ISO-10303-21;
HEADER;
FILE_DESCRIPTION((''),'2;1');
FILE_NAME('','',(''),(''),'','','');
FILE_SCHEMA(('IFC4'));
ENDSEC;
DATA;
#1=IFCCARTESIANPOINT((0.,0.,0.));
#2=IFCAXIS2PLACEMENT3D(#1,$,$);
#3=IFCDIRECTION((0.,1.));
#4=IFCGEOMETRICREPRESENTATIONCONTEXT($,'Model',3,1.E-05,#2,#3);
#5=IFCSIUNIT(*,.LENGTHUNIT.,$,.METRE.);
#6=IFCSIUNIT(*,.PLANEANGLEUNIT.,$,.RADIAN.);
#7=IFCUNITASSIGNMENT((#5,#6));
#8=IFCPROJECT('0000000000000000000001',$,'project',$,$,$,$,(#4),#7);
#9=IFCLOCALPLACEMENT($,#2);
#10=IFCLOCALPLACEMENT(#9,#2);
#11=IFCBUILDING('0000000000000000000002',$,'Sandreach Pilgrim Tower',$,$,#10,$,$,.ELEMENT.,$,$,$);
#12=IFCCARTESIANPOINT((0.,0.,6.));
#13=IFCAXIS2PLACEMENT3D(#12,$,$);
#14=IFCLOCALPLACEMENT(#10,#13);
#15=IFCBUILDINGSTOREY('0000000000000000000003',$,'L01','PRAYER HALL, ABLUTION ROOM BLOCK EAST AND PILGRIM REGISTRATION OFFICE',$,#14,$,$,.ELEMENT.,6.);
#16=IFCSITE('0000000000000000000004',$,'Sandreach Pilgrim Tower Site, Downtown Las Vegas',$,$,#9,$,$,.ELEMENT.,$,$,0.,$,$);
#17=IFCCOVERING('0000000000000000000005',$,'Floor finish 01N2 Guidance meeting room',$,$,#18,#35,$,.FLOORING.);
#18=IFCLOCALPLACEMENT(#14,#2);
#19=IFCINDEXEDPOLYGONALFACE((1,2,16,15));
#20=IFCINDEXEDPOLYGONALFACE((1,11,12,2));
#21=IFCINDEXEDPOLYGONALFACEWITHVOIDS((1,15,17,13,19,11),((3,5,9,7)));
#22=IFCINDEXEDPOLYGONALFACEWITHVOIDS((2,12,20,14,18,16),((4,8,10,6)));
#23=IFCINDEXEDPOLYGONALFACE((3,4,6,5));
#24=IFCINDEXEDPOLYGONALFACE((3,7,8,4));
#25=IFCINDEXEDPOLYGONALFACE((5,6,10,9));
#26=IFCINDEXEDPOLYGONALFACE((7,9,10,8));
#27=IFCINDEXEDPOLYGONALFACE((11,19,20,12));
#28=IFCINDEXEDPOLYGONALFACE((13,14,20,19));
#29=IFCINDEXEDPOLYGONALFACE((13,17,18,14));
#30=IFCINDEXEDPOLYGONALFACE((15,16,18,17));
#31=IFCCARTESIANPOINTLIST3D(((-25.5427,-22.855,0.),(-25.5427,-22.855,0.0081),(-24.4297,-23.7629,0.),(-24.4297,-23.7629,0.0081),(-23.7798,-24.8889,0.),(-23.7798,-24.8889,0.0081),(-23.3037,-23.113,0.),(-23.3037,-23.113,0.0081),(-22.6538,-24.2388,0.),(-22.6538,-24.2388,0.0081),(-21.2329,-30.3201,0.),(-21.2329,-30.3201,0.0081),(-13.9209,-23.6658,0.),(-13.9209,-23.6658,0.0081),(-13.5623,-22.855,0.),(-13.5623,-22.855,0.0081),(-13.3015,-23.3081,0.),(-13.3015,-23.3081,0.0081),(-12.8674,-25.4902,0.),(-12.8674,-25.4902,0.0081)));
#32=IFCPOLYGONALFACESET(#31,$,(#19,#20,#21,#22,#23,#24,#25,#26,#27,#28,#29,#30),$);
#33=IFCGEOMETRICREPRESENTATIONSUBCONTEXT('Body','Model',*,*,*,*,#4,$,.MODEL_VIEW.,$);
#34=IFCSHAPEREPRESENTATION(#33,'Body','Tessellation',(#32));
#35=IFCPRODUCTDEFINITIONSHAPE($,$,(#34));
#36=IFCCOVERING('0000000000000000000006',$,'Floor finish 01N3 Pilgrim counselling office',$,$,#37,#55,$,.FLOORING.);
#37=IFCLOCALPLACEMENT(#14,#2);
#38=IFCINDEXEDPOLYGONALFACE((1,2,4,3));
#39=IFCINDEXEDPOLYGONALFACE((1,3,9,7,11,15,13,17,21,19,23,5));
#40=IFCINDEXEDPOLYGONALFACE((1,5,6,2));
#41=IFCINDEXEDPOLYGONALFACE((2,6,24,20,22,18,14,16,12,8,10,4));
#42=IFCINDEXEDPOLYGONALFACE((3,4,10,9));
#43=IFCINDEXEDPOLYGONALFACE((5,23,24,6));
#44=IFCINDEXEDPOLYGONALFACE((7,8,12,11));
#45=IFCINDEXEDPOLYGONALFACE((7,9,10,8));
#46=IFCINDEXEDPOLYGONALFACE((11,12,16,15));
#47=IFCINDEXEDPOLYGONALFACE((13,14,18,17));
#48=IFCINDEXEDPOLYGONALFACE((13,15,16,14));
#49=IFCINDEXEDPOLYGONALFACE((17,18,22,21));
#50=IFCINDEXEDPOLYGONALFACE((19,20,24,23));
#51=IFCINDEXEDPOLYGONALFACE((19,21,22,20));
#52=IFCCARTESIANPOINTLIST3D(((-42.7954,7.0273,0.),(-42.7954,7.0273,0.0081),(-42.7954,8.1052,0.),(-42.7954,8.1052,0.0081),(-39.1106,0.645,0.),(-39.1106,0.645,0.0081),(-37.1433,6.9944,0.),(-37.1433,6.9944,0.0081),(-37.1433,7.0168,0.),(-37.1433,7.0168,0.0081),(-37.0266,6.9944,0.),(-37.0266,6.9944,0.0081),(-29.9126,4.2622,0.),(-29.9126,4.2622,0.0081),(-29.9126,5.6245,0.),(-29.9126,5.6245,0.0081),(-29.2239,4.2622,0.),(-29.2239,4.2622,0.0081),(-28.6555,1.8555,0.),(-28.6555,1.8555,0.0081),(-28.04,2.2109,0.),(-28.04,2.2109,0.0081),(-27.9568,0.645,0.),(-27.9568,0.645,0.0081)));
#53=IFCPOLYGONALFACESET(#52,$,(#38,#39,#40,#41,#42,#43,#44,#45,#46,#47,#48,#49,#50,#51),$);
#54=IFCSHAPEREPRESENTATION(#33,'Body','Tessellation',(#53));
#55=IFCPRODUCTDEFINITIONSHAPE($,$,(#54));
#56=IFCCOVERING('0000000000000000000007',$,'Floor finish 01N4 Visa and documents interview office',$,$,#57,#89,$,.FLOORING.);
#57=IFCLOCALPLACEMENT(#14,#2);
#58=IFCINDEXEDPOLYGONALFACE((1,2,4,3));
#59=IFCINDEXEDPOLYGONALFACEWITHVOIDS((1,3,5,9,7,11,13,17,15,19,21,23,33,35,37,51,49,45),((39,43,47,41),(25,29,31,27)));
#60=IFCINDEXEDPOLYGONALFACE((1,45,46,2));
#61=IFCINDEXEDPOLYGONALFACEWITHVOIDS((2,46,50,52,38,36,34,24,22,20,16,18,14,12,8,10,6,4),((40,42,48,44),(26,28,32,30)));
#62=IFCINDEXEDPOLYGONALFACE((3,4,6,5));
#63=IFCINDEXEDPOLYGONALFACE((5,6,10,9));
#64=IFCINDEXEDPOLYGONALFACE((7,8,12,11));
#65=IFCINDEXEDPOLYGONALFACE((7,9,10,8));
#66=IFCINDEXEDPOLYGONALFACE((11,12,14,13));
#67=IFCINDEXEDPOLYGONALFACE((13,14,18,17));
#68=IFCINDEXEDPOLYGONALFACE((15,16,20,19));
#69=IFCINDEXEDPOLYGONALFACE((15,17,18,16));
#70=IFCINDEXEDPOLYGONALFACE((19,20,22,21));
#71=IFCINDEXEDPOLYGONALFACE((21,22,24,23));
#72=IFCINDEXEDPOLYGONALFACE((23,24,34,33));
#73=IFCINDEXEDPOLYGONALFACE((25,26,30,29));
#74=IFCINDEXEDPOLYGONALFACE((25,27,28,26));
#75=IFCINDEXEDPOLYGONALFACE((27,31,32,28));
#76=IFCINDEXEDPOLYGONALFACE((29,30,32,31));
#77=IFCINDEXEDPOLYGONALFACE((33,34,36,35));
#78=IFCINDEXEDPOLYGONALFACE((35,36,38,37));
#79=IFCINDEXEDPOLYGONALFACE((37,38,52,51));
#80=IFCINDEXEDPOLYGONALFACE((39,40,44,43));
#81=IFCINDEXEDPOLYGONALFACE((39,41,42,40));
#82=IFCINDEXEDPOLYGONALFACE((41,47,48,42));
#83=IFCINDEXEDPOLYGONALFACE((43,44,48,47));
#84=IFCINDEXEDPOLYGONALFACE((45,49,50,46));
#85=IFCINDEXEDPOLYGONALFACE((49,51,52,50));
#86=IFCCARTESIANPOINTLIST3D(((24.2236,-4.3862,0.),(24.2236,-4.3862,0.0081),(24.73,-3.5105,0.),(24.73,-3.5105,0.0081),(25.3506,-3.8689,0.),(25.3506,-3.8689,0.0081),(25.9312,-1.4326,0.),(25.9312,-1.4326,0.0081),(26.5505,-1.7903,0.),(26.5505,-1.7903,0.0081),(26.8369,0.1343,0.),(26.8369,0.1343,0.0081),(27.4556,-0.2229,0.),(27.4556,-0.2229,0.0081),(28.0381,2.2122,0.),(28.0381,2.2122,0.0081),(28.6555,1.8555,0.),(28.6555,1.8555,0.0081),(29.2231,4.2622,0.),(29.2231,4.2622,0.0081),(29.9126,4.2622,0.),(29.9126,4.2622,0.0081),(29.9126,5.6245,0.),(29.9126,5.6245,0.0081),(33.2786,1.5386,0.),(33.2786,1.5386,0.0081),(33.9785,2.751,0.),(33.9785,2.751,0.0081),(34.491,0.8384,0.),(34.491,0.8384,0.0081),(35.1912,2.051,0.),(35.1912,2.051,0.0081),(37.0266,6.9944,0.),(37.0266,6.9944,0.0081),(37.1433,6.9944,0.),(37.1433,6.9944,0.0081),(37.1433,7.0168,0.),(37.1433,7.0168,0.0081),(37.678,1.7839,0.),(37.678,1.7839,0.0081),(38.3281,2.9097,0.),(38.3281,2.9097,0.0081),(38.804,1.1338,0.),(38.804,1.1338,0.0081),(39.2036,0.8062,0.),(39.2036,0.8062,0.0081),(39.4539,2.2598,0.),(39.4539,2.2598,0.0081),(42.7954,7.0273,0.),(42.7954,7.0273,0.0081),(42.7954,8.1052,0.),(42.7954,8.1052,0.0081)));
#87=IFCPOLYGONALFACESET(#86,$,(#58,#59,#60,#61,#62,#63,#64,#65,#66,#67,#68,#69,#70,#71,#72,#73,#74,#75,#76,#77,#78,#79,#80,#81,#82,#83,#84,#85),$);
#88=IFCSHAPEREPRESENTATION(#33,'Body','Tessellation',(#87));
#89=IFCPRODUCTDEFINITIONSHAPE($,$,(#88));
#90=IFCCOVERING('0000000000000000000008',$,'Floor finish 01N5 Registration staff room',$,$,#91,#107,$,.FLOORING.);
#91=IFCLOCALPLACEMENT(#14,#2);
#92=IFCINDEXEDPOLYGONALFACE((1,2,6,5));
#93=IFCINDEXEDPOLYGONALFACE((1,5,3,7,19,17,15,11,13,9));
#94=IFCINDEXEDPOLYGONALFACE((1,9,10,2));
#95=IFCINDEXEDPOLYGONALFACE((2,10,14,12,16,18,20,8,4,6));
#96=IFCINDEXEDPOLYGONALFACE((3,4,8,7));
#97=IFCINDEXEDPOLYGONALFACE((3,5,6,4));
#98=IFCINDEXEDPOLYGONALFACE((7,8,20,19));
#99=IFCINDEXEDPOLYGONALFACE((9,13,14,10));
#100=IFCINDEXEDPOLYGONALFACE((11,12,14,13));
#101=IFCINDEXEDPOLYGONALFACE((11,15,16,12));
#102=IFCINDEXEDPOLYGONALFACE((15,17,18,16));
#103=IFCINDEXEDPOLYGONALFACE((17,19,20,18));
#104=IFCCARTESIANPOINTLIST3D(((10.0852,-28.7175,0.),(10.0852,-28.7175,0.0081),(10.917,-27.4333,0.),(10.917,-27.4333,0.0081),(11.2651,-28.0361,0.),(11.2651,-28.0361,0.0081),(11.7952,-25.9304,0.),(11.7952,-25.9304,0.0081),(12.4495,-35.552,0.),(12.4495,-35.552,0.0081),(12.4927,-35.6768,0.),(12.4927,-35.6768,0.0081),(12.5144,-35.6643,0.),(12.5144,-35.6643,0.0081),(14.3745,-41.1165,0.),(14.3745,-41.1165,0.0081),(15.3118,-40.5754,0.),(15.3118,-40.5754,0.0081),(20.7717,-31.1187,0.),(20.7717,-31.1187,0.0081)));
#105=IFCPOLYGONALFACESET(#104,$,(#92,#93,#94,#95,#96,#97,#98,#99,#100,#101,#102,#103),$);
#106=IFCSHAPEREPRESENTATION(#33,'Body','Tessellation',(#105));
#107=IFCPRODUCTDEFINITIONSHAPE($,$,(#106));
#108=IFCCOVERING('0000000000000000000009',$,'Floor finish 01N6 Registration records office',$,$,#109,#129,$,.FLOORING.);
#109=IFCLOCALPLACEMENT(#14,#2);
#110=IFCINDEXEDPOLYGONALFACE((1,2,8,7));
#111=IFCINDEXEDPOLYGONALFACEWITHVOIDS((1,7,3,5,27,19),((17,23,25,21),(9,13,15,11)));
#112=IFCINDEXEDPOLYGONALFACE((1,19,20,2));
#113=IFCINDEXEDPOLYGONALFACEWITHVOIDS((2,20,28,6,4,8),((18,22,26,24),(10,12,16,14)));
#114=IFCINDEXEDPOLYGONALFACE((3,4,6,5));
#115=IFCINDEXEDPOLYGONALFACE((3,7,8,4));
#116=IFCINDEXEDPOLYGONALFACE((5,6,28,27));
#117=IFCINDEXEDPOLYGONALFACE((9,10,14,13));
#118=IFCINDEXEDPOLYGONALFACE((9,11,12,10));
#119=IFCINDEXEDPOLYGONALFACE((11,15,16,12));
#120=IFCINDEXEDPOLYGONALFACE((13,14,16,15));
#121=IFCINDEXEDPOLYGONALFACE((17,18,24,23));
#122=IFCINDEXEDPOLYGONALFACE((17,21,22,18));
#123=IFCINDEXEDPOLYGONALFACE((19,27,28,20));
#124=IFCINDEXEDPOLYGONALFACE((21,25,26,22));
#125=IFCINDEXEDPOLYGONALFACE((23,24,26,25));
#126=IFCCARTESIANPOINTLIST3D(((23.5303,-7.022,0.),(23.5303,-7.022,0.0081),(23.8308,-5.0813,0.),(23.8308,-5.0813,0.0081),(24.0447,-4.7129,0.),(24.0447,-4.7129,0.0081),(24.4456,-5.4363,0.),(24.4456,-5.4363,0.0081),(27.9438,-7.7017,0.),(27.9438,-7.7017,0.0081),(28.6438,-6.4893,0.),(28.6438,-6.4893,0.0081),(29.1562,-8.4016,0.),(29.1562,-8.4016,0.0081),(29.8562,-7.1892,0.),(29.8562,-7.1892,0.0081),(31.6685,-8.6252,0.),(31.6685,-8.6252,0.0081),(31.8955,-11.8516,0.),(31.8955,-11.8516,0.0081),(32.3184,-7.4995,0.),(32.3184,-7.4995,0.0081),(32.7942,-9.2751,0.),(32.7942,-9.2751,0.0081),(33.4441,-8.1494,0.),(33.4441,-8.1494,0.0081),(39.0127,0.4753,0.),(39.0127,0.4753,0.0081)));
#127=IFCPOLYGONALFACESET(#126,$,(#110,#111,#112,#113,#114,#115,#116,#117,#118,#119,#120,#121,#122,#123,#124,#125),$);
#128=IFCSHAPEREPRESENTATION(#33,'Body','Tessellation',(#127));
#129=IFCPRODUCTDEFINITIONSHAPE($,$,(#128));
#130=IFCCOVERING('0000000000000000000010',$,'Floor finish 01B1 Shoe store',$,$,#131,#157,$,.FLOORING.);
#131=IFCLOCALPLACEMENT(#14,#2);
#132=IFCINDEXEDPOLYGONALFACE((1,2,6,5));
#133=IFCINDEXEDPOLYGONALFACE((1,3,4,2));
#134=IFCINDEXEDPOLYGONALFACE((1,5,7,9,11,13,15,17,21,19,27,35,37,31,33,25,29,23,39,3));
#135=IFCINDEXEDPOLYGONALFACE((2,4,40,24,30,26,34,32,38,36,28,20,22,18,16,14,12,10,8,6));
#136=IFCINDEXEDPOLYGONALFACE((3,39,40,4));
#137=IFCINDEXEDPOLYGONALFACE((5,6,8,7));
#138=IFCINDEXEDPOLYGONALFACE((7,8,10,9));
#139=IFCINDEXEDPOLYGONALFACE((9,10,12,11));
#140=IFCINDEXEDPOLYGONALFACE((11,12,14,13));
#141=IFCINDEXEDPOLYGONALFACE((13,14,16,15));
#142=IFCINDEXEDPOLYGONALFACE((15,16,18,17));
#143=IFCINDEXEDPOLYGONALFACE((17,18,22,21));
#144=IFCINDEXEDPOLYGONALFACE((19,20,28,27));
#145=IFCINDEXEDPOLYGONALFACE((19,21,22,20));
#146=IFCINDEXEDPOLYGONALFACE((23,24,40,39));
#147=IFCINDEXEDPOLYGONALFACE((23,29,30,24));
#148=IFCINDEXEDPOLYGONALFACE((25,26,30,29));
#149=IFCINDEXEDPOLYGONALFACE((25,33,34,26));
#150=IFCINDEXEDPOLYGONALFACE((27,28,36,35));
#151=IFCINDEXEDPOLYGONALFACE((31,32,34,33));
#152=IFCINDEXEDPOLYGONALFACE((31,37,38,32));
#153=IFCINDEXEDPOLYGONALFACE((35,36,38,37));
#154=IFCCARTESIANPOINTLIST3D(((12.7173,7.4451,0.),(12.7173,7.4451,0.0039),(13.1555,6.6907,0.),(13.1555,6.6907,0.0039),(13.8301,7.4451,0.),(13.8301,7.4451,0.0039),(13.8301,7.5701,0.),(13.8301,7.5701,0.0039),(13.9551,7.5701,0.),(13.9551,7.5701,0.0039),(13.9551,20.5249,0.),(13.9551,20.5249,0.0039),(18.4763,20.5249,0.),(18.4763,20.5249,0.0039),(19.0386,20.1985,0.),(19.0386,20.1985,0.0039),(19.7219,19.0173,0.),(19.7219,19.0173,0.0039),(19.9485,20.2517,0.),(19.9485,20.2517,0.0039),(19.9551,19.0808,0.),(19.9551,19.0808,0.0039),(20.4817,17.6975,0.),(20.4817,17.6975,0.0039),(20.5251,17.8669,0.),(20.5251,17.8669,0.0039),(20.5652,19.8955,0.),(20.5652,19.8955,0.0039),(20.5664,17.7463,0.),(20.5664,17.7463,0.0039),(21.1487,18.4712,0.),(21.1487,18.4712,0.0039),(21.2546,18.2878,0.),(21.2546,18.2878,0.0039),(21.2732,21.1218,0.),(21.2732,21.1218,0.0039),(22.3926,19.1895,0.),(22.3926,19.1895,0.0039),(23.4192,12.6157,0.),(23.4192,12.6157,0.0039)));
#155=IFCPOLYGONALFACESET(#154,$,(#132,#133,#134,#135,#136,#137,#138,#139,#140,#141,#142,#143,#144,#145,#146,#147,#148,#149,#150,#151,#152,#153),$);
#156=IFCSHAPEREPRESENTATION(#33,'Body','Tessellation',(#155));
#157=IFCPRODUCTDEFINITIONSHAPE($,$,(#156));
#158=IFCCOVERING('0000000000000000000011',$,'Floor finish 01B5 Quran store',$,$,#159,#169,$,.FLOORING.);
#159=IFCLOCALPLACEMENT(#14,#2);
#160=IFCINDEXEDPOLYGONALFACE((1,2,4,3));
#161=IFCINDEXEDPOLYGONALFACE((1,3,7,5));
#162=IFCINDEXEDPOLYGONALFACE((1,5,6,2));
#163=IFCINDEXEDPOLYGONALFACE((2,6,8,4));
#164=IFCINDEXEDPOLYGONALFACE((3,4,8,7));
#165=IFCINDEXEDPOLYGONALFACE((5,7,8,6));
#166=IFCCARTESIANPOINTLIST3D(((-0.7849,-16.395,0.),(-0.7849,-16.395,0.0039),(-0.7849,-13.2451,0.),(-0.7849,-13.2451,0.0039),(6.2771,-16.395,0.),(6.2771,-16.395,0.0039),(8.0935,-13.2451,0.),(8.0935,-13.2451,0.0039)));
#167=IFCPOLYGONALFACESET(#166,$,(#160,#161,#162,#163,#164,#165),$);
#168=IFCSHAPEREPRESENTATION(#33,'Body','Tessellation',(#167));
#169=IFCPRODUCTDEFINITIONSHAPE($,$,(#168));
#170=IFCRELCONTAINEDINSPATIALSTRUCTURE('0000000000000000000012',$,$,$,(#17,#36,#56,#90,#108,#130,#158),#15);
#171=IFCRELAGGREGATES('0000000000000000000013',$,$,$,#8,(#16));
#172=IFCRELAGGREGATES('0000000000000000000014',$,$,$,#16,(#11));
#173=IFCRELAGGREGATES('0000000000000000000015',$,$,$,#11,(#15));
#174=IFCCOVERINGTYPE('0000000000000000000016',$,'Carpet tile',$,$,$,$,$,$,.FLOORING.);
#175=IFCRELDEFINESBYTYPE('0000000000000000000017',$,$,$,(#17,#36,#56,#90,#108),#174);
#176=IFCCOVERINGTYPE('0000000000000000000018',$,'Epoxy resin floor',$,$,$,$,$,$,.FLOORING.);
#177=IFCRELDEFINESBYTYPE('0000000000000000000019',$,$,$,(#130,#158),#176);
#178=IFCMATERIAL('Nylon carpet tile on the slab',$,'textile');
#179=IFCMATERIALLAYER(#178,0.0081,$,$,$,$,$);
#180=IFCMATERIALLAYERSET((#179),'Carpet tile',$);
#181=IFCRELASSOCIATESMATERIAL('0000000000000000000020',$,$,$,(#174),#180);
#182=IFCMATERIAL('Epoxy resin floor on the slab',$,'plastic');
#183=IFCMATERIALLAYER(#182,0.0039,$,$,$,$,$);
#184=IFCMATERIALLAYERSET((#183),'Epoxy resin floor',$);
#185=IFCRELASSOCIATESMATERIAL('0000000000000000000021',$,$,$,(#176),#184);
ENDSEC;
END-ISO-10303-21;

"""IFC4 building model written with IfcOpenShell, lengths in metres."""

from ifc_helpers import new_model, si_unit, direction, frame, origin, place, context, subcontext, project, spatial, polyline, outline, extrude, material, layer, layer_set, type_object, element, save


model = new_model("IFC4")

# Units and contexts
model_context = context("Model", 3, precision=1e-05, world=origin(), true_north=direction((0.0, 1.0)))
body_context = subcontext(model_context, "Body", "Model", "MODEL_VIEW")
ifc_project = project(units=[si_unit("LENGTHUNIT", "METRE"), si_unit("PLANEANGLEUNIT", "RADIAN")], contexts=[model_context])

# Site, building, storey
site_placement = place(None, origin())
site = spatial("IfcSite", under=ifc_project, at=site_placement, Name="Sandreach Pilgrim Tower Site, Downtown Las Vegas", CompositionType="ELEMENT", RefElevation=0.0)
building_placement = place(site_placement, origin())
building = spatial("IfcBuilding", under=site, at=building_placement, Name="Sandreach Pilgrim Tower", CompositionType="ELEMENT")
storey_placement = place(building_placement, frame((0.0, 0.0, 6.0)))
storey = spatial("IfcBuildingStorey", under=building, at=storey_placement, Name="L01", Description="PRAYER HALL, ABLUTION ROOM BLOCK EAST AND PILGRIM REGISTRATION OFFICE", CompositionType="ELEMENT", Elevation=6.0)

# Coverings
ifc_material_1 = material(Name="Nylon carpet tile on the slab", Category="textile")
ifc_layer_1 = layer(ifc_material_1, 0.0081)
ifc_layer_set_1 = layer_set([ifc_layer_1], Name="Carpet tile")
covering_type_1 = type_object("IfcCoveringType", Name="Carpet tile", PredefinedType="FLOORING", material=ifc_layer_set_1)
covering_1_placement = place(storey_placement, origin())
element("IfcCovering", 1, at=covering_1_placement, inside=storey, type_object=covering_type_1, Name="Floor finish 01N2 Guidance meeting room", PredefinedType="FLOORING", context=body_context, shape_type="SweptSolid", body=[
    extrude(outline(polyline([(-13.5623, -22.855), (-13.3015, -23.3081), (-13.9209, -23.6658), (-12.8674, -25.4902), (-21.2329, -30.3201), (-25.5427, -22.855), (-13.5623, -22.855)]), holes=[polyline([(-23.7798, -24.8889), (-22.6538, -24.2388), (-23.3037, -23.113), (-24.4297, -23.7629), (-23.7798, -24.8889)])]), origin(), (0.0, 0.0, 1.0), 0.0081),
])
covering_2_placement = place(storey_placement, origin())
element("IfcCovering", 2, at=covering_2_placement, inside=storey, type_object=covering_type_1, Name="Floor finish 01N3 Pilgrim counselling office", PredefinedType="FLOORING", context=body_context, shape_type="SweptSolid", body=[
    extrude(outline(polyline([(-42.7954, 7.0273), (-42.7954, 8.1052), (-37.1433, 7.0168), (-37.1433, 6.9944), (-37.0266, 6.9944), (-29.9126, 5.6245), (-29.9126, 4.2622), (-29.2239, 4.2622), (-28.04, 2.2109), (-28.6555, 1.8555), (-27.9568, 0.645), (-39.1106, 0.645), (-42.7954, 7.0273)])), origin(), (0.0, 0.0, 1.0), 0.0081),
])
covering_3_placement = place(storey_placement, origin())
element("IfcCovering", 3, at=covering_3_placement, inside=storey, type_object=covering_type_1, Name="Floor finish 01N4 Visa and documents interview office", PredefinedType="FLOORING", context=body_context, shape_type="SweptSolid", body=[
    extrude(outline(polyline([(25.3506, -3.8689), (26.5505, -1.7903), (25.9312, -1.4326), (26.8369, 0.1343), (27.4556, -0.2229), (28.6555, 1.8555), (28.0381, 2.2122), (29.2231, 4.2622), (29.9126, 4.2622), (29.9126, 5.6245), (37.0266, 6.9944), (37.1433, 6.9944), (37.1433, 7.0168), (42.7954, 8.1052), (42.7954, 7.0273), (39.2036, 0.8062), (24.2236, -4.3862), (24.73, -3.5105), (25.3506, -3.8689)]), holes=[polyline([(39.4539, 2.2598), (38.3281, 2.9097), (37.678, 1.7839), (38.804, 1.1338), (39.4539, 2.2598)]), polyline([(35.1912, 2.051), (33.9785, 2.751), (33.2786, 1.5386), (34.491, 0.8384), (35.1912, 2.051)])]), origin(), (0.0, 0.0, 1.0), 0.0081),
])
covering_4_placement = place(storey_placement, origin())
element("IfcCovering", 4, at=covering_4_placement, inside=storey, type_object=covering_type_1, Name="Floor finish 01N5 Registration staff room", PredefinedType="FLOORING", context=body_context, shape_type="SweptSolid", body=[
    extrude(outline(polyline([(20.7717, -31.1187), (15.3118, -40.5754), (14.3745, -41.1165), (12.4927, -35.6768), (12.5144, -35.6643), (12.4495, -35.552), (10.0852, -28.7175), (11.2651, -28.0361), (10.917, -27.4333), (11.7952, -25.9304), (20.7717, -31.1187)])), origin(), (0.0, 0.0, 1.0), 0.0081),
])
covering_5_placement = place(storey_placement, origin())
element("IfcCovering", 5, at=covering_5_placement, inside=storey, type_object=covering_type_1, Name="Floor finish 01N6 Registration records office", PredefinedType="FLOORING", context=body_context, shape_type="SweptSolid", body=[
    extrude(outline(polyline([(23.8308, -5.0813), (24.0447, -4.7129), (39.0127, 0.4753), (31.8955, -11.8516), (23.5303, -7.022), (24.4456, -5.4363), (23.8308, -5.0813)]), holes=[polyline([(32.7942, -9.2751), (33.4441, -8.1494), (32.3184, -7.4995), (31.6685, -8.6252), (32.7942, -9.2751)]), polyline([(29.1562, -8.4016), (29.8562, -7.1892), (28.6438, -6.4893), (27.9438, -7.7017), (29.1562, -8.4016)])]), origin(), (0.0, 0.0, 1.0), 0.0081),
])
ifc_material_2 = material(Name="Epoxy resin floor on the slab", Category="plastic")
ifc_layer_2 = layer(ifc_material_2, 0.0039)
ifc_layer_set_2 = layer_set([ifc_layer_2], Name="Epoxy resin floor")
covering_type_2 = type_object("IfcCoveringType", Name="Epoxy resin floor", PredefinedType="FLOORING", material=ifc_layer_set_2)
covering_6_placement = place(storey_placement, origin())
element("IfcCovering", 6, at=covering_6_placement, inside=storey, type_object=covering_type_2, Name="Floor finish 01B1 Shoe store", PredefinedType="FLOORING", context=body_context, shape_type="SweptSolid", body=[
    extrude(outline(polyline([(13.8301, 7.5701), (13.9551, 7.5701), (13.9551, 20.5249), (18.4763, 20.5249), (19.0386, 20.1985), (19.7219, 19.0173), (19.9551, 19.0808), (19.9485, 20.2517), (20.5652, 19.8955), (21.2732, 21.1218), (22.3926, 19.1895), (21.1487, 18.4712), (21.2546, 18.2878), (20.5251, 17.8669), (20.5664, 17.7463), (20.4817, 17.6975), (23.4192, 12.6157), (13.1555, 6.6907), (12.7173, 7.4451), (13.8301, 7.4451), (13.8301, 7.5701)])), origin(), (0.0, 0.0, 1.0), 0.0039),
])
covering_7_placement = place(storey_placement, origin())
element("IfcCovering", 7, at=covering_7_placement, inside=storey, type_object=covering_type_2, Name="Floor finish 01B5 Quran store", PredefinedType="FLOORING", context=body_context, shape_type="SweptSolid", body=[
    extrude(outline(polyline([(8.0935, -13.2451), (6.2771, -16.395), (-0.7849, -16.395), (-0.7849, -13.2451), (8.0935, -13.2451)])), origin(), (0.0, 0.0, 1.0), 0.0039),
])

save(model, "model.ifc")
